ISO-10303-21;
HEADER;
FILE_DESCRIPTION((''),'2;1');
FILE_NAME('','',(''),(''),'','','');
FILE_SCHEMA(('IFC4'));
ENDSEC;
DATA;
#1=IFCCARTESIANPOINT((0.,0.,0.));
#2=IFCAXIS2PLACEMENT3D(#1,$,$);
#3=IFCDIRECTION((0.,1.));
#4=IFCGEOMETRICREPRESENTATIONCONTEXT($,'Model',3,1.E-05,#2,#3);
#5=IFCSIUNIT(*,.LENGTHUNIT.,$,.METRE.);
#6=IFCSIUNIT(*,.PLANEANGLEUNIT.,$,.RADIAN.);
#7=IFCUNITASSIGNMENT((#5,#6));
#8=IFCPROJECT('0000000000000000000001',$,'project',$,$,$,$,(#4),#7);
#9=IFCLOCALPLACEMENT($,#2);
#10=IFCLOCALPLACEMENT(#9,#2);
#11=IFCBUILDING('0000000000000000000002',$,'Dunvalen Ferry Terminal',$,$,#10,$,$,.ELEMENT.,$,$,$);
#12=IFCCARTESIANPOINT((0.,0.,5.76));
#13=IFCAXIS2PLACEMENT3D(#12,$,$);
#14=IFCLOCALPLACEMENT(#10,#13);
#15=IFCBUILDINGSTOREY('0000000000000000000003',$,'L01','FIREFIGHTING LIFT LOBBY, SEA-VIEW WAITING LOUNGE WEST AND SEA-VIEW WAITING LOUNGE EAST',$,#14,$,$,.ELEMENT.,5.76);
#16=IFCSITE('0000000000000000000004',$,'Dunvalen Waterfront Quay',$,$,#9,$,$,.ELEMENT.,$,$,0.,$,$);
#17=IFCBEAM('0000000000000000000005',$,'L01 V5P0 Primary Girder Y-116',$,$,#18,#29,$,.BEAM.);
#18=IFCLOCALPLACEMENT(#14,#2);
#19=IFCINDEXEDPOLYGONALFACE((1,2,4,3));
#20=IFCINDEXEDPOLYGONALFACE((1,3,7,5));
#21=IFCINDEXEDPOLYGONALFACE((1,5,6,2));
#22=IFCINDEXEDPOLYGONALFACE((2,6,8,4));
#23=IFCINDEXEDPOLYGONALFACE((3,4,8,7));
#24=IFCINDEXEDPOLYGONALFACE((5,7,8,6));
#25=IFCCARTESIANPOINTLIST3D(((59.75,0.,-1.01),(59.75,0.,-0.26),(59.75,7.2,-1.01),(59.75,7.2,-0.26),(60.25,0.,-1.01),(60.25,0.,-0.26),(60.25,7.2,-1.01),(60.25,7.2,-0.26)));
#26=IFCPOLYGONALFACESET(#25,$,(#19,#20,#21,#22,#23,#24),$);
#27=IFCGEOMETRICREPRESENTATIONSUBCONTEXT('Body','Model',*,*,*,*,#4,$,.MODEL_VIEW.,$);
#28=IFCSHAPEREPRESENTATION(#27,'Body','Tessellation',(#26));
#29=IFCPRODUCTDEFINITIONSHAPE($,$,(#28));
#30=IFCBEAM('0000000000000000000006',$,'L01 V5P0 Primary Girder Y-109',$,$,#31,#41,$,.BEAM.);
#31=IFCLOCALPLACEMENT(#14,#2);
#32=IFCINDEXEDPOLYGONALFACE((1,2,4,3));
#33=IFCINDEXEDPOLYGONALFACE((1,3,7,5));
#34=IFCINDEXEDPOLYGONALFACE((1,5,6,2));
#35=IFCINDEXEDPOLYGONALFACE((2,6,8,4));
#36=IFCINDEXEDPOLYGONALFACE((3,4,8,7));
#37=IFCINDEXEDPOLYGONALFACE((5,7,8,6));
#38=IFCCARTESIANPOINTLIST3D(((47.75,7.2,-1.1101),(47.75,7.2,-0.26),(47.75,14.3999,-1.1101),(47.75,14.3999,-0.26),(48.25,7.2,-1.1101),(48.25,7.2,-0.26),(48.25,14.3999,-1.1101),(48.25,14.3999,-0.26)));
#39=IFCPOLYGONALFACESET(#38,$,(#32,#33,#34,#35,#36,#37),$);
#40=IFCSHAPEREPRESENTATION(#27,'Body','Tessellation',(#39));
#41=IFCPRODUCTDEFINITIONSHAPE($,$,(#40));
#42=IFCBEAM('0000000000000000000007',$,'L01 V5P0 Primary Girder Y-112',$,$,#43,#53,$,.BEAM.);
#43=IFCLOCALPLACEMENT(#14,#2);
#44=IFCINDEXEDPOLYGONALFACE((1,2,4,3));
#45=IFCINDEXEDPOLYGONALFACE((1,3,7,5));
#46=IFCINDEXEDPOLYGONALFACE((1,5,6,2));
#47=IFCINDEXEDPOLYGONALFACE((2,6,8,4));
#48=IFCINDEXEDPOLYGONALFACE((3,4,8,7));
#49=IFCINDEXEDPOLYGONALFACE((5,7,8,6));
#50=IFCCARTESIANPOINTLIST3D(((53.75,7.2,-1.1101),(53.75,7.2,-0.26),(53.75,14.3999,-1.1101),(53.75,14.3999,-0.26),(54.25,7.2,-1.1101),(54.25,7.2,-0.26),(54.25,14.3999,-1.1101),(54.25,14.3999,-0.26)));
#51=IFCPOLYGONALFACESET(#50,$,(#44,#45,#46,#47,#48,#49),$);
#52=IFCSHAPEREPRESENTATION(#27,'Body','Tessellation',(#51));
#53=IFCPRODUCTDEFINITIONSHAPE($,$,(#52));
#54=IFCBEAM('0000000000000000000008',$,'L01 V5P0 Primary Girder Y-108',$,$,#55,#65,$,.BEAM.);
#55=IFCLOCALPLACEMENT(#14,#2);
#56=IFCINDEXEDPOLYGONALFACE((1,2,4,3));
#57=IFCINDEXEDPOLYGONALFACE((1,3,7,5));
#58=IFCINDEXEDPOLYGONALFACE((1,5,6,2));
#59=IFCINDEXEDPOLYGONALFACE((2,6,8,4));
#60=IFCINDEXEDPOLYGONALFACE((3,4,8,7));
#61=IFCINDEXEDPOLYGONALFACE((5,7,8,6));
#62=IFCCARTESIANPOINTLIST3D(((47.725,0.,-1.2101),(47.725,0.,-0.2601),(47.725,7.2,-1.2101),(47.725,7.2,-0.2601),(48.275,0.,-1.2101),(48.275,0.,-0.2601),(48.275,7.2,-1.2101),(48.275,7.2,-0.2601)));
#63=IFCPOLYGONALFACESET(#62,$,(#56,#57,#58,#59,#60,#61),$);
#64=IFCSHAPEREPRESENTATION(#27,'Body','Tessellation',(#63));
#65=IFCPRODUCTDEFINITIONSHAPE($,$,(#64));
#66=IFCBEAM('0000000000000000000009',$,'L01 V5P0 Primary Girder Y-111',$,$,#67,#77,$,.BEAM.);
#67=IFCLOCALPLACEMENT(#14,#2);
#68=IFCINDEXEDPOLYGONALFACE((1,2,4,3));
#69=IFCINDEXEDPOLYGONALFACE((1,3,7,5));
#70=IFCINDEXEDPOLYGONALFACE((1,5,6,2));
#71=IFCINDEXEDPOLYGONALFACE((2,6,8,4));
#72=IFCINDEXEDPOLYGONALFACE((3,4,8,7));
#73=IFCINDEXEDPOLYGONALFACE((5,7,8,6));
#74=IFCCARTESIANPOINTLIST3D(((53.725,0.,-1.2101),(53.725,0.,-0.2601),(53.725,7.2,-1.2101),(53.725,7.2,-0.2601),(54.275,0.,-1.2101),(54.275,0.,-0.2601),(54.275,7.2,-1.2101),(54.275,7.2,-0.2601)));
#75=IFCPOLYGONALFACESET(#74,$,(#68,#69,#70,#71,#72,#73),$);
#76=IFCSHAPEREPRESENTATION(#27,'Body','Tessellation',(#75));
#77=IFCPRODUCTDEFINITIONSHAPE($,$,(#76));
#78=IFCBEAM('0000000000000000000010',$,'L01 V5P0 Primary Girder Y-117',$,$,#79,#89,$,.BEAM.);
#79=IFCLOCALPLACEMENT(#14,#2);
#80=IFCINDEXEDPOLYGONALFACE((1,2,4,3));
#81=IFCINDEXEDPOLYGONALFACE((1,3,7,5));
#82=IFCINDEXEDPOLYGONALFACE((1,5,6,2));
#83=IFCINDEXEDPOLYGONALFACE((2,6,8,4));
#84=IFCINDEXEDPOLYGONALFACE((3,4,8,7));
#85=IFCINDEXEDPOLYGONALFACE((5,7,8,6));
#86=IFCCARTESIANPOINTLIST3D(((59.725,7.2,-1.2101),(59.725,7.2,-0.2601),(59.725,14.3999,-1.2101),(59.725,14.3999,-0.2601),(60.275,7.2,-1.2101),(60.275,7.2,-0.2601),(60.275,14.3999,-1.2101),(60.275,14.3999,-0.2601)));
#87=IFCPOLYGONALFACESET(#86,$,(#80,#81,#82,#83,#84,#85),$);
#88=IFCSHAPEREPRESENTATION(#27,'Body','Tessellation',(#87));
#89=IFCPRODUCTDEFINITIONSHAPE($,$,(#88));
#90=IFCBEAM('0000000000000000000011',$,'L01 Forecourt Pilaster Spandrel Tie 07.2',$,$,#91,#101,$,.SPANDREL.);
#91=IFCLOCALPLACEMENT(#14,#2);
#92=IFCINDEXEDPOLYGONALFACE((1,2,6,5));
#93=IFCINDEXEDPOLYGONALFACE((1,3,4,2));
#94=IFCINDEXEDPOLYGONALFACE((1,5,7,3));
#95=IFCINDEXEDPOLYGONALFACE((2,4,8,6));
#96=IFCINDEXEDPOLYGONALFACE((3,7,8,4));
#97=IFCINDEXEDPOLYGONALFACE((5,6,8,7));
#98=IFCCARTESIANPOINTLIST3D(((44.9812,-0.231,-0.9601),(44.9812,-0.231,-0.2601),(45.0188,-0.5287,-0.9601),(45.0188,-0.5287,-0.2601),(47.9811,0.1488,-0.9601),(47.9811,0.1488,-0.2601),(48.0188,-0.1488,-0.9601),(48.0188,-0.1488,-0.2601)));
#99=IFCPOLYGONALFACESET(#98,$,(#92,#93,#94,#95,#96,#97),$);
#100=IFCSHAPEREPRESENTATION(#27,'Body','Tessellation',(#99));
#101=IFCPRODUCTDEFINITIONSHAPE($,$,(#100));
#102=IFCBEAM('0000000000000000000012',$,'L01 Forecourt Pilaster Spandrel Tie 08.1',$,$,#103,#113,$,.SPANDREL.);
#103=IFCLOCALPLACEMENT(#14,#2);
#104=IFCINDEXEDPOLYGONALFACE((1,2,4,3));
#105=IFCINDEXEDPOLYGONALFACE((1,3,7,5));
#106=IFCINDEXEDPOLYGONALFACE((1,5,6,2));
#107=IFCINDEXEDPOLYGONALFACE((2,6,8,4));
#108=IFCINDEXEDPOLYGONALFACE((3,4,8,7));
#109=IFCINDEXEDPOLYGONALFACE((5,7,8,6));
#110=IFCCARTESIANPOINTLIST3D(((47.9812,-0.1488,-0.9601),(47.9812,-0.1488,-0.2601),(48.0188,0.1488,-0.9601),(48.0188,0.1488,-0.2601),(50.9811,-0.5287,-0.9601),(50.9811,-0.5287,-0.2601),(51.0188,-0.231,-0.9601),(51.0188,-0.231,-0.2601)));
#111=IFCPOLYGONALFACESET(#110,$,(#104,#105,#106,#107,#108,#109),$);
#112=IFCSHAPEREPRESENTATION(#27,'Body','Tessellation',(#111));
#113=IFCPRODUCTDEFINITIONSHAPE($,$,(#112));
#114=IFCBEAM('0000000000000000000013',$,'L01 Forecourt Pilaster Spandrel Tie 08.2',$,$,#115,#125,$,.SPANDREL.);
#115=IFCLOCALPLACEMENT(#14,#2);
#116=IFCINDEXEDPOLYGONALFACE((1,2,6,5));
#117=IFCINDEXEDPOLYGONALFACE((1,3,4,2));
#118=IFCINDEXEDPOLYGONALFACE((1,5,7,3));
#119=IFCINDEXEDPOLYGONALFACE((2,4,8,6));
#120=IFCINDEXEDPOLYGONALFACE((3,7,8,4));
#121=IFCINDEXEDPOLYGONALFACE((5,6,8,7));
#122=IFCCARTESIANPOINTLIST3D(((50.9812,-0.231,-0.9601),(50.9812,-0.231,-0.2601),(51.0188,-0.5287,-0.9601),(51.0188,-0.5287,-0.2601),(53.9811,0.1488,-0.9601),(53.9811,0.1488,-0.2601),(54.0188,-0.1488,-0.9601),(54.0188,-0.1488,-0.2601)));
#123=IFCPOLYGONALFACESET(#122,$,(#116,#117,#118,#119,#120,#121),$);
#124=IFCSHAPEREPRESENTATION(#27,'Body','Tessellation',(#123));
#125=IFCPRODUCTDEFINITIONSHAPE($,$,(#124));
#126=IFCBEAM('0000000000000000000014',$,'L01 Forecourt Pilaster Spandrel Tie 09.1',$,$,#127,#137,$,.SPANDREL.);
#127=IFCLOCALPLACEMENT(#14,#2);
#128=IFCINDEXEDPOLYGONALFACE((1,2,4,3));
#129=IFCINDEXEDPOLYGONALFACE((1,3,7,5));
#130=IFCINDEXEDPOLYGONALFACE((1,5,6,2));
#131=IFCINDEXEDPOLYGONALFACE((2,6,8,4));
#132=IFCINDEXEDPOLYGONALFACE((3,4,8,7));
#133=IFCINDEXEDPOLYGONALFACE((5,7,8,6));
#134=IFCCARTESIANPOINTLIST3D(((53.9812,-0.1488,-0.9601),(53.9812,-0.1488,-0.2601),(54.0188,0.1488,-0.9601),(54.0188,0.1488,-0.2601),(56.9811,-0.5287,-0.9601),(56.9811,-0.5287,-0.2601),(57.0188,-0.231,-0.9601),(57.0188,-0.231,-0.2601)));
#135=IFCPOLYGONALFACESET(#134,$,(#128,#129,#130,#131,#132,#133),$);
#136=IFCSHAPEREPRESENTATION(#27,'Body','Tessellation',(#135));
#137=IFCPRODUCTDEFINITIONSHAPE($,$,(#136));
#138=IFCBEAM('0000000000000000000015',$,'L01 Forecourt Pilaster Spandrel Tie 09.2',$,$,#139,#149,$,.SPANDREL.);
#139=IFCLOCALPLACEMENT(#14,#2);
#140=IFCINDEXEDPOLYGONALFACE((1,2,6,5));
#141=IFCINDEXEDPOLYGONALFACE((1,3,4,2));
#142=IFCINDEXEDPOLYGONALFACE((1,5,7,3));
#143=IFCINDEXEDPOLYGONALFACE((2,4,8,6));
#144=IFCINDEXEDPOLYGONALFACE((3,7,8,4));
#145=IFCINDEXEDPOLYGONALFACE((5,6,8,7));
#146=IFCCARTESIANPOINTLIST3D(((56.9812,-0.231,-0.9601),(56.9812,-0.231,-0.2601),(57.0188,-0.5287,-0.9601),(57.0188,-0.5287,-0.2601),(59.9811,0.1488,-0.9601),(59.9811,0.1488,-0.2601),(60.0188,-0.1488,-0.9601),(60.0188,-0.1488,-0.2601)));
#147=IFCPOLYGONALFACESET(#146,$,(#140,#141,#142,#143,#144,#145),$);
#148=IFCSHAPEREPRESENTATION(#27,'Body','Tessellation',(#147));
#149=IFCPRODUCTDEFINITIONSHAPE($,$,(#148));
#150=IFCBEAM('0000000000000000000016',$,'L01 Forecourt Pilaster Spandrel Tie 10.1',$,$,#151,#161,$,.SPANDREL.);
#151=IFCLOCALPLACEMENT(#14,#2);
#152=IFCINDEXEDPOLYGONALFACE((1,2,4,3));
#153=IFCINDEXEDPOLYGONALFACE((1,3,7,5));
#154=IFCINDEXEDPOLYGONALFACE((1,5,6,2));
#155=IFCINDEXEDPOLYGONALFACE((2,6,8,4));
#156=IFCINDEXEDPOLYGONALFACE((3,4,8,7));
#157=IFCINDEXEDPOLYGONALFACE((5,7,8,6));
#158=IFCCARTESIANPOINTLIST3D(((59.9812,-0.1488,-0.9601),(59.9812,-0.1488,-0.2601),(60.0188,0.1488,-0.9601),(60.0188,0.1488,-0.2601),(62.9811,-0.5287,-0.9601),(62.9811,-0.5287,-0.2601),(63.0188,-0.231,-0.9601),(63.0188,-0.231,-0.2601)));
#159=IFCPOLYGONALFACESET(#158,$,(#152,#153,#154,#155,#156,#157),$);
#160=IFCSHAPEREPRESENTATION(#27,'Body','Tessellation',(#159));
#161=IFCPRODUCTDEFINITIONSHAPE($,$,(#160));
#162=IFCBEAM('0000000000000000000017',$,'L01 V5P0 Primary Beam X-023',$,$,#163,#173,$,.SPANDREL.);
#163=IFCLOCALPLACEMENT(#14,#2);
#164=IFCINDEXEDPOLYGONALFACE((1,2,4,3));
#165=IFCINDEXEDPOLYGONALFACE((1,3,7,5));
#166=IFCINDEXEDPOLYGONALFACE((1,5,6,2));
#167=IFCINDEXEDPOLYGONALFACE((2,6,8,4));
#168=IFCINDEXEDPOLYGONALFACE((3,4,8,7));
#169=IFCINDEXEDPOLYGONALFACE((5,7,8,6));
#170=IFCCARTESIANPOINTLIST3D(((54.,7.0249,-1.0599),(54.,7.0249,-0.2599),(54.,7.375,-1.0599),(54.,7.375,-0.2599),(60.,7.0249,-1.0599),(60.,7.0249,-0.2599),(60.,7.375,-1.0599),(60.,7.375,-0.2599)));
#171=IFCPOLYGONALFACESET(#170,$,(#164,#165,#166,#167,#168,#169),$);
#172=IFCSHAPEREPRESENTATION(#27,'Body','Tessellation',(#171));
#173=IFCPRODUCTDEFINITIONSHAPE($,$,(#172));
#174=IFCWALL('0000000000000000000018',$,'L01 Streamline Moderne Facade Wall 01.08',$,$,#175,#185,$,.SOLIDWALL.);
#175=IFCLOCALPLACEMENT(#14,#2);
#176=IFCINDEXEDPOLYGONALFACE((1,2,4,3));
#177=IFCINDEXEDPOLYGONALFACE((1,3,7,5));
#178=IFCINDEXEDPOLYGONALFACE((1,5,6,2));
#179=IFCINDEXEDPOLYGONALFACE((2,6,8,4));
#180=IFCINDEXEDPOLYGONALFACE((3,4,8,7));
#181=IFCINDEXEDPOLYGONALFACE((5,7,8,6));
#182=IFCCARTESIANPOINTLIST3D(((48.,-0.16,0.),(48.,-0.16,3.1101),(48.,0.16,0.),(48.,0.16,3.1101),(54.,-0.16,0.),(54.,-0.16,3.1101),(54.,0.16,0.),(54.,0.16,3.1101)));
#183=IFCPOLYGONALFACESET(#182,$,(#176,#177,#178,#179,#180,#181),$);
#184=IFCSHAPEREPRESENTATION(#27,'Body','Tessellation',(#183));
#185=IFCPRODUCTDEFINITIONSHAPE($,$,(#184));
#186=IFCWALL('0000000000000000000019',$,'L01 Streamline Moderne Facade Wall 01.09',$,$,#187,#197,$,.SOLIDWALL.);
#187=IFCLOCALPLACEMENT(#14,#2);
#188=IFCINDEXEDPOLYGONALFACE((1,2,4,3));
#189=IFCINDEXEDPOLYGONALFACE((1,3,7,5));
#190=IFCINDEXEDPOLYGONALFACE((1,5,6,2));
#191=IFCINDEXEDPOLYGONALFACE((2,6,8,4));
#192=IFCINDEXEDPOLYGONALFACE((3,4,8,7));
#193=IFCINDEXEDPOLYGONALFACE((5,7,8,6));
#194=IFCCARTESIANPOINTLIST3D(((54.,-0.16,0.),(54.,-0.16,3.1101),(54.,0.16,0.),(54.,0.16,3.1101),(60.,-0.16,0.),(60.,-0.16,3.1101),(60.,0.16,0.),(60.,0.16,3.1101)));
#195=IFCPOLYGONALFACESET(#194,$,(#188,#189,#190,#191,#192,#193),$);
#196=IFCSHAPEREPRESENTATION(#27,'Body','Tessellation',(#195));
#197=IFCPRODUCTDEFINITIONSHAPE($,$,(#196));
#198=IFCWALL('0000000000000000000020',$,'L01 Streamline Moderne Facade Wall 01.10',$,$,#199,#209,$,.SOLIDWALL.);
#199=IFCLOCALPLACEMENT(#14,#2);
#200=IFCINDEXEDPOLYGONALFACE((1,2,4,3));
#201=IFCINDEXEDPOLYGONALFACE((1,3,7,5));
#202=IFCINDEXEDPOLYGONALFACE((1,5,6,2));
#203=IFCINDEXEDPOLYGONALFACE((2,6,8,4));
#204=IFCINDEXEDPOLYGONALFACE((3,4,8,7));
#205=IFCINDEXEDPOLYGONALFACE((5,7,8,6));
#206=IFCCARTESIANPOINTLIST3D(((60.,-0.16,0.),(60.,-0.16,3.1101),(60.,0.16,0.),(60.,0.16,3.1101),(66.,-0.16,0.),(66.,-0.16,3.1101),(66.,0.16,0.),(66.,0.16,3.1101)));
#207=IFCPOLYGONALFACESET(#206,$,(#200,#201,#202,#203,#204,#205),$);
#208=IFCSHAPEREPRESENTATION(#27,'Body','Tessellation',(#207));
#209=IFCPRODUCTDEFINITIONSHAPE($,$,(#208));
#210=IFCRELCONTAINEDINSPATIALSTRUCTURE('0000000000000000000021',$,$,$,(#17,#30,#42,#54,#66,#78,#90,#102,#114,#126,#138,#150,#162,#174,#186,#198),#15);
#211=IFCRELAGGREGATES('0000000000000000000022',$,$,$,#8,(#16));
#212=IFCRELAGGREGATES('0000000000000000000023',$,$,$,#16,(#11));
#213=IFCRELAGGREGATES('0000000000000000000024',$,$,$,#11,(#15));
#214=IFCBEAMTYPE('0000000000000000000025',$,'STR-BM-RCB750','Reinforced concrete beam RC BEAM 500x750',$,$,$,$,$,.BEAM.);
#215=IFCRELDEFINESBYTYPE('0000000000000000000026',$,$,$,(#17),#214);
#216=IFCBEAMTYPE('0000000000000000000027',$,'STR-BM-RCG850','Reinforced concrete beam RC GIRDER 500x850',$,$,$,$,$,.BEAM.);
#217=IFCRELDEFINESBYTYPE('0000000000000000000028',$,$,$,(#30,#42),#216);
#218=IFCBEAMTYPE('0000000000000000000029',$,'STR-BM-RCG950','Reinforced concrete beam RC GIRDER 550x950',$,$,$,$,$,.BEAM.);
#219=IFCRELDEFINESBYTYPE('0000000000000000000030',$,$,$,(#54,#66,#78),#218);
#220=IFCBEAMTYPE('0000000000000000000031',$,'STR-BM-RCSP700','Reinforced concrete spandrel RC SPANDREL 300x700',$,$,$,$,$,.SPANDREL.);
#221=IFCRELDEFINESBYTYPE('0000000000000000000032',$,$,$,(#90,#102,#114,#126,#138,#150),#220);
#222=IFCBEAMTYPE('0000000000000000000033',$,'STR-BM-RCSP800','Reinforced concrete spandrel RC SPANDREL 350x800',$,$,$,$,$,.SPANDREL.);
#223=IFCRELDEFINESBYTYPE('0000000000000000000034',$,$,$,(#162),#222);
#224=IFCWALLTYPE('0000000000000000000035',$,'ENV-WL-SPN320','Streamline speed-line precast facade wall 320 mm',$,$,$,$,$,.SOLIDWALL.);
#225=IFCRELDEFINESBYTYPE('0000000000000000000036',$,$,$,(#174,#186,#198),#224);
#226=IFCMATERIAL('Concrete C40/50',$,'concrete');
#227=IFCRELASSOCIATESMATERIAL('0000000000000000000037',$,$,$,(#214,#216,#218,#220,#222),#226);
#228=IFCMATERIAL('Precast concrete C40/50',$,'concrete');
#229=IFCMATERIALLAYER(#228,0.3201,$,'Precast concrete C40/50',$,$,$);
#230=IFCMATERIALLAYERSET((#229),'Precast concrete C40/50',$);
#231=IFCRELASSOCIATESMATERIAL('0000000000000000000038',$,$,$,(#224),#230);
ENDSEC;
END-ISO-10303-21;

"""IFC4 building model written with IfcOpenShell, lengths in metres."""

from ifc_helpers import new_model, si_unit, direction, frame, frame_2d, origin, origin_2d, place, context, subcontext, project, spatial, rectangle, extrude, material, layer, layer_set, material_profile, profile_set, type_object, element, save


model = new_model("IFC4")

# Units and contexts
model_context = context("Model", 3, precision=1e-05, world=origin(), true_north=direction((0.0, 1.0)))
body_context = subcontext(model_context, "Body", "Model", "MODEL_VIEW")
ifc_project = project(units=[si_unit("LENGTHUNIT", "METRE"), si_unit("PLANEANGLEUNIT", "RADIAN")], contexts=[model_context])

# Site, building, storey
site_placement = place(None, origin())
site = spatial("IfcSite", under=ifc_project, at=site_placement, Name="Dunvalen Waterfront Quay", CompositionType="ELEMENT", RefElevation=0.0)
building_placement = place(site_placement, origin())
building = spatial("IfcBuilding", under=site, at=building_placement, Name="Dunvalen Ferry Terminal", CompositionType="ELEMENT")
storey_placement = place(building_placement, frame((0.0, 0.0, 5.76)))
storey = spatial("IfcBuildingStorey", under=building, at=storey_placement, Name="L01", Description="FIREFIGHTING LIFT LOBBY, SEA-VIEW WAITING LOUNGE WEST AND SEA-VIEW WAITING LOUNGE EAST", CompositionType="ELEMENT", Elevation=5.76)

# Shared definitions
ifc_material_1 = material(Name="Concrete C40/50", Category="concrete")

# Beams
ifc_material_profile_1 = material_profile(ifc_material_1, rectangle(XDim=0.5, YDim=0.75, at=origin_2d()), Name="Concrete C40/50")
ifc_profile_set_1 = profile_set([ifc_material_profile_1], Name="Concrete C40/50")
beam_type_1 = type_object("IfcBeamType", Name="STR-BM-RCB750", Description="Reinforced concrete beam RC BEAM 500x750", PredefinedType="BEAM", material=ifc_profile_set_1)
beam_1_placement = place(storey_placement, frame((60.0, 0.0, -0.635), z_axis=(0.0, 1.0, 0.0), x_axis=(-1.0, 0.0, 0.0)))
element("IfcBeam", 1, at=beam_1_placement, inside=storey, type_object=beam_type_1, Name="L01 V5P0 Primary Girder Y-116", PredefinedType="BEAM", context=body_context, shape_type="SweptSolid", body=[
    extrude(rectangle(XDim=0.5, YDim=0.75, at=origin_2d()), origin(), (0.0, 0.0, 1.0), 7.2),
])
ifc_material_profile_2 = material_profile(ifc_material_1, rectangle(XDim=0.5, YDim=0.8501, at=origin_2d()), Name="Concrete C40/50")
ifc_profile_set_2 = profile_set([ifc_material_profile_2], Name="Concrete C40/50")
beam_type_2 = type_object("IfcBeamType", Name="STR-BM-RCG850", Description="Reinforced concrete beam RC GIRDER 500x850", PredefinedType="BEAM", material=ifc_profile_set_2)
for number, where, z_axis, x_axis, name in (
    (2, (48.0, 7.2, -0.6851), (0.0, 1.0, 0.0), (-1.0, 0.0, 0.0), "L01 V5P0 Primary Girder Y-109"),
    (3, (54.0, 7.2, -0.6851), (0.0, 1.0, 0.0), (-1.0, 0.0, 0.0), "L01 V5P0 Primary Girder Y-112"),
):
    element("IfcBeam", number, at=place(storey_placement, frame(where, z_axis=z_axis, x_axis=x_axis)), inside=storey, type_object=beam_type_2, Name=name, PredefinedType="BEAM", context=body_context, shape_type="SweptSolid", body=[
        extrude(rectangle(XDim=0.5, YDim=0.8501, at=origin_2d()), origin(), (0.0, 0.0, 1.0), 7.2),
    ])
ifc_material_profile_3 = material_profile(ifc_material_1, rectangle(XDim=0.55, YDim=0.95, at=origin_2d()), Name="Concrete C40/50")
ifc_profile_set_3 = profile_set([ifc_material_profile_3], Name="Concrete C40/50")
beam_type_3 = type_object("IfcBeamType", Name="STR-BM-RCG950", Description="Reinforced concrete beam RC GIRDER 550x950", PredefinedType="BEAM", material=ifc_profile_set_3)
for number, where, z_axis, x_axis, name in (
    (4, (48.0, 0.0, -0.7351), (0.0, 1.0, 0.0), (-1.0, 0.0, 0.0), "L01 V5P0 Primary Girder Y-108"),
    (5, (54.0, 0.0, -0.7351), (0.0, 1.0, 0.0), (-1.0, 0.0, 0.0), "L01 V5P0 Primary Girder Y-111"),
    (6, (60.0, 7.2, -0.7351), (0.0, 1.0, 0.0), (-1.0, 0.0, 0.0), "L01 V5P0 Primary Girder Y-117"),
):
    element("IfcBeam", number, at=place(storey_placement, frame(where, z_axis=z_axis, x_axis=x_axis)), inside=storey, type_object=beam_type_3, Name=name, PredefinedType="BEAM", context=body_context, shape_type="SweptSolid", body=[
        extrude(rectangle(XDim=0.55, YDim=0.95, at=origin_2d()), origin(), (0.0, 0.0, 1.0), 7.2),
    ])
ifc_material_profile_4 = material_profile(ifc_material_1, rectangle(XDim=0.3, YDim=0.7, at=origin_2d()), Name="Concrete C40/50")
ifc_profile_set_4 = profile_set([ifc_material_profile_4], Name="Concrete C40/50")
beam_type_4 = type_object("IfcBeamType", Name="STR-BM-RCSP700", Description="Reinforced concrete spandrel RC SPANDREL 300x700", PredefinedType="SPANDREL", material=ifc_profile_set_4)
for number, where, z_axis, x_axis, name in (
    (7, (45.0, -0.3799, -0.6101), (0.992078, 0.125624, 0.0), (-0.125624, 0.992078, 0.0), "L01 Forecourt Pilaster Spandrel Tie 07.2"),
    (8, (48.0, 0.0, -0.6101), (0.992078, -0.125624, 0.0), (0.125624, 0.992078, 0.0), "L01 Forecourt Pilaster Spandrel Tie 08.1"),
    (9, (51.0, -0.3799, -0.6101), (0.992078, 0.125624, 0.0), (-0.125624, 0.992078, 0.0), "L01 Forecourt Pilaster Spandrel Tie 08.2"),
    (10, (54.0, 0.0, -0.6101), (0.992078, -0.125624, 0.0), (0.125624, 0.992078, 0.0), "L01 Forecourt Pilaster Spandrel Tie 09.1"),
    (11, (57.0, -0.3799, -0.6101), (0.992078, 0.125624, 0.0), (-0.125624, 0.992078, 0.0), "L01 Forecourt Pilaster Spandrel Tie 09.2"),
    (12, (60.0, 0.0, -0.6101), (0.992078, -0.125624, 0.0), (0.125624, 0.992078, 0.0), "L01 Forecourt Pilaster Spandrel Tie 10.1"),
):
    element("IfcBeam", number, at=place(storey_placement, frame(where, z_axis=z_axis, x_axis=x_axis)), inside=storey, type_object=beam_type_4, Name=name, PredefinedType="SPANDREL", context=body_context, shape_type="SweptSolid", body=[
        extrude(rectangle(XDim=0.3, YDim=0.7, at=origin_2d()), origin(), (0.0, 0.0, 1.0), 3.0239),
    ])
ifc_material_profile_5 = material_profile(ifc_material_1, rectangle(XDim=0.3501, YDim=0.8, at=origin_2d()), Name="Concrete C40/50")
ifc_profile_set_5 = profile_set([ifc_material_profile_5], Name="Concrete C40/50")
beam_type_5 = type_object("IfcBeamType", Name="STR-BM-RCSP800", Description="Reinforced concrete spandrel RC SPANDREL 350x800", PredefinedType="SPANDREL", material=ifc_profile_set_5)
beam_2_placement = place(storey_placement, frame((54.0, 7.2, -0.6599), z_axis=(1.0, 0.0, 0.0), x_axis=(0.0, 1.0, 0.0)))
element("IfcBeam", 13, at=beam_2_placement, inside=storey, type_object=beam_type_5, Name="L01 V5P0 Primary Beam X-023", PredefinedType="SPANDREL", context=body_context, shape_type="SweptSolid", body=[
    extrude(rectangle(XDim=0.3501, YDim=0.8, at=origin_2d()), origin(), (0.0, 0.0, 1.0), 6.0),
])

# Walls
ifc_material_2 = material(Name="Precast concrete C40/50", Category="concrete")
ifc_layer_1 = layer(ifc_material_2, 0.3201, Name="Precast concrete C40/50")
ifc_layer_set_1 = layer_set([ifc_layer_1], Name="Precast concrete C40/50")
wall_type_1 = type_object("IfcWallType", Name="ENV-WL-SPN320", Description="Streamline speed-line precast facade wall 320 mm", PredefinedType="SOLIDWALL", material=ifc_layer_set_1)
for number, where, z_axis, x_axis, name in (
    (14, (48.0, 0.0, 0.0), (0.0, 0.0, 1.0), (1.0, 0.0, 0.0), "L01 Streamline Moderne Facade Wall 01.08"),
    (15, (54.0, 0.0, 0.0), (0.0, 0.0, 1.0), (1.0, 0.0, 0.0), "L01 Streamline Moderne Facade Wall 01.09"),
    (16, (60.0, 0.0, 0.0), (0.0, 0.0, 1.0), (1.0, 0.0, 0.0), "L01 Streamline Moderne Facade Wall 01.10"),
):
    element("IfcWall", number, at=place(storey_placement, frame(where, z_axis=z_axis, x_axis=x_axis)), inside=storey, type_object=wall_type_1, Name=name, PredefinedType="SOLIDWALL", context=body_context, shape_type="SweptSolid", body=[
        extrude(rectangle(XDim=6.0, YDim=0.3201, at=frame_2d((3.0, 0.0))), origin(), (0.0, 0.0, 1.0), 3.1101),
    ])

save(model, "model.ifc")
